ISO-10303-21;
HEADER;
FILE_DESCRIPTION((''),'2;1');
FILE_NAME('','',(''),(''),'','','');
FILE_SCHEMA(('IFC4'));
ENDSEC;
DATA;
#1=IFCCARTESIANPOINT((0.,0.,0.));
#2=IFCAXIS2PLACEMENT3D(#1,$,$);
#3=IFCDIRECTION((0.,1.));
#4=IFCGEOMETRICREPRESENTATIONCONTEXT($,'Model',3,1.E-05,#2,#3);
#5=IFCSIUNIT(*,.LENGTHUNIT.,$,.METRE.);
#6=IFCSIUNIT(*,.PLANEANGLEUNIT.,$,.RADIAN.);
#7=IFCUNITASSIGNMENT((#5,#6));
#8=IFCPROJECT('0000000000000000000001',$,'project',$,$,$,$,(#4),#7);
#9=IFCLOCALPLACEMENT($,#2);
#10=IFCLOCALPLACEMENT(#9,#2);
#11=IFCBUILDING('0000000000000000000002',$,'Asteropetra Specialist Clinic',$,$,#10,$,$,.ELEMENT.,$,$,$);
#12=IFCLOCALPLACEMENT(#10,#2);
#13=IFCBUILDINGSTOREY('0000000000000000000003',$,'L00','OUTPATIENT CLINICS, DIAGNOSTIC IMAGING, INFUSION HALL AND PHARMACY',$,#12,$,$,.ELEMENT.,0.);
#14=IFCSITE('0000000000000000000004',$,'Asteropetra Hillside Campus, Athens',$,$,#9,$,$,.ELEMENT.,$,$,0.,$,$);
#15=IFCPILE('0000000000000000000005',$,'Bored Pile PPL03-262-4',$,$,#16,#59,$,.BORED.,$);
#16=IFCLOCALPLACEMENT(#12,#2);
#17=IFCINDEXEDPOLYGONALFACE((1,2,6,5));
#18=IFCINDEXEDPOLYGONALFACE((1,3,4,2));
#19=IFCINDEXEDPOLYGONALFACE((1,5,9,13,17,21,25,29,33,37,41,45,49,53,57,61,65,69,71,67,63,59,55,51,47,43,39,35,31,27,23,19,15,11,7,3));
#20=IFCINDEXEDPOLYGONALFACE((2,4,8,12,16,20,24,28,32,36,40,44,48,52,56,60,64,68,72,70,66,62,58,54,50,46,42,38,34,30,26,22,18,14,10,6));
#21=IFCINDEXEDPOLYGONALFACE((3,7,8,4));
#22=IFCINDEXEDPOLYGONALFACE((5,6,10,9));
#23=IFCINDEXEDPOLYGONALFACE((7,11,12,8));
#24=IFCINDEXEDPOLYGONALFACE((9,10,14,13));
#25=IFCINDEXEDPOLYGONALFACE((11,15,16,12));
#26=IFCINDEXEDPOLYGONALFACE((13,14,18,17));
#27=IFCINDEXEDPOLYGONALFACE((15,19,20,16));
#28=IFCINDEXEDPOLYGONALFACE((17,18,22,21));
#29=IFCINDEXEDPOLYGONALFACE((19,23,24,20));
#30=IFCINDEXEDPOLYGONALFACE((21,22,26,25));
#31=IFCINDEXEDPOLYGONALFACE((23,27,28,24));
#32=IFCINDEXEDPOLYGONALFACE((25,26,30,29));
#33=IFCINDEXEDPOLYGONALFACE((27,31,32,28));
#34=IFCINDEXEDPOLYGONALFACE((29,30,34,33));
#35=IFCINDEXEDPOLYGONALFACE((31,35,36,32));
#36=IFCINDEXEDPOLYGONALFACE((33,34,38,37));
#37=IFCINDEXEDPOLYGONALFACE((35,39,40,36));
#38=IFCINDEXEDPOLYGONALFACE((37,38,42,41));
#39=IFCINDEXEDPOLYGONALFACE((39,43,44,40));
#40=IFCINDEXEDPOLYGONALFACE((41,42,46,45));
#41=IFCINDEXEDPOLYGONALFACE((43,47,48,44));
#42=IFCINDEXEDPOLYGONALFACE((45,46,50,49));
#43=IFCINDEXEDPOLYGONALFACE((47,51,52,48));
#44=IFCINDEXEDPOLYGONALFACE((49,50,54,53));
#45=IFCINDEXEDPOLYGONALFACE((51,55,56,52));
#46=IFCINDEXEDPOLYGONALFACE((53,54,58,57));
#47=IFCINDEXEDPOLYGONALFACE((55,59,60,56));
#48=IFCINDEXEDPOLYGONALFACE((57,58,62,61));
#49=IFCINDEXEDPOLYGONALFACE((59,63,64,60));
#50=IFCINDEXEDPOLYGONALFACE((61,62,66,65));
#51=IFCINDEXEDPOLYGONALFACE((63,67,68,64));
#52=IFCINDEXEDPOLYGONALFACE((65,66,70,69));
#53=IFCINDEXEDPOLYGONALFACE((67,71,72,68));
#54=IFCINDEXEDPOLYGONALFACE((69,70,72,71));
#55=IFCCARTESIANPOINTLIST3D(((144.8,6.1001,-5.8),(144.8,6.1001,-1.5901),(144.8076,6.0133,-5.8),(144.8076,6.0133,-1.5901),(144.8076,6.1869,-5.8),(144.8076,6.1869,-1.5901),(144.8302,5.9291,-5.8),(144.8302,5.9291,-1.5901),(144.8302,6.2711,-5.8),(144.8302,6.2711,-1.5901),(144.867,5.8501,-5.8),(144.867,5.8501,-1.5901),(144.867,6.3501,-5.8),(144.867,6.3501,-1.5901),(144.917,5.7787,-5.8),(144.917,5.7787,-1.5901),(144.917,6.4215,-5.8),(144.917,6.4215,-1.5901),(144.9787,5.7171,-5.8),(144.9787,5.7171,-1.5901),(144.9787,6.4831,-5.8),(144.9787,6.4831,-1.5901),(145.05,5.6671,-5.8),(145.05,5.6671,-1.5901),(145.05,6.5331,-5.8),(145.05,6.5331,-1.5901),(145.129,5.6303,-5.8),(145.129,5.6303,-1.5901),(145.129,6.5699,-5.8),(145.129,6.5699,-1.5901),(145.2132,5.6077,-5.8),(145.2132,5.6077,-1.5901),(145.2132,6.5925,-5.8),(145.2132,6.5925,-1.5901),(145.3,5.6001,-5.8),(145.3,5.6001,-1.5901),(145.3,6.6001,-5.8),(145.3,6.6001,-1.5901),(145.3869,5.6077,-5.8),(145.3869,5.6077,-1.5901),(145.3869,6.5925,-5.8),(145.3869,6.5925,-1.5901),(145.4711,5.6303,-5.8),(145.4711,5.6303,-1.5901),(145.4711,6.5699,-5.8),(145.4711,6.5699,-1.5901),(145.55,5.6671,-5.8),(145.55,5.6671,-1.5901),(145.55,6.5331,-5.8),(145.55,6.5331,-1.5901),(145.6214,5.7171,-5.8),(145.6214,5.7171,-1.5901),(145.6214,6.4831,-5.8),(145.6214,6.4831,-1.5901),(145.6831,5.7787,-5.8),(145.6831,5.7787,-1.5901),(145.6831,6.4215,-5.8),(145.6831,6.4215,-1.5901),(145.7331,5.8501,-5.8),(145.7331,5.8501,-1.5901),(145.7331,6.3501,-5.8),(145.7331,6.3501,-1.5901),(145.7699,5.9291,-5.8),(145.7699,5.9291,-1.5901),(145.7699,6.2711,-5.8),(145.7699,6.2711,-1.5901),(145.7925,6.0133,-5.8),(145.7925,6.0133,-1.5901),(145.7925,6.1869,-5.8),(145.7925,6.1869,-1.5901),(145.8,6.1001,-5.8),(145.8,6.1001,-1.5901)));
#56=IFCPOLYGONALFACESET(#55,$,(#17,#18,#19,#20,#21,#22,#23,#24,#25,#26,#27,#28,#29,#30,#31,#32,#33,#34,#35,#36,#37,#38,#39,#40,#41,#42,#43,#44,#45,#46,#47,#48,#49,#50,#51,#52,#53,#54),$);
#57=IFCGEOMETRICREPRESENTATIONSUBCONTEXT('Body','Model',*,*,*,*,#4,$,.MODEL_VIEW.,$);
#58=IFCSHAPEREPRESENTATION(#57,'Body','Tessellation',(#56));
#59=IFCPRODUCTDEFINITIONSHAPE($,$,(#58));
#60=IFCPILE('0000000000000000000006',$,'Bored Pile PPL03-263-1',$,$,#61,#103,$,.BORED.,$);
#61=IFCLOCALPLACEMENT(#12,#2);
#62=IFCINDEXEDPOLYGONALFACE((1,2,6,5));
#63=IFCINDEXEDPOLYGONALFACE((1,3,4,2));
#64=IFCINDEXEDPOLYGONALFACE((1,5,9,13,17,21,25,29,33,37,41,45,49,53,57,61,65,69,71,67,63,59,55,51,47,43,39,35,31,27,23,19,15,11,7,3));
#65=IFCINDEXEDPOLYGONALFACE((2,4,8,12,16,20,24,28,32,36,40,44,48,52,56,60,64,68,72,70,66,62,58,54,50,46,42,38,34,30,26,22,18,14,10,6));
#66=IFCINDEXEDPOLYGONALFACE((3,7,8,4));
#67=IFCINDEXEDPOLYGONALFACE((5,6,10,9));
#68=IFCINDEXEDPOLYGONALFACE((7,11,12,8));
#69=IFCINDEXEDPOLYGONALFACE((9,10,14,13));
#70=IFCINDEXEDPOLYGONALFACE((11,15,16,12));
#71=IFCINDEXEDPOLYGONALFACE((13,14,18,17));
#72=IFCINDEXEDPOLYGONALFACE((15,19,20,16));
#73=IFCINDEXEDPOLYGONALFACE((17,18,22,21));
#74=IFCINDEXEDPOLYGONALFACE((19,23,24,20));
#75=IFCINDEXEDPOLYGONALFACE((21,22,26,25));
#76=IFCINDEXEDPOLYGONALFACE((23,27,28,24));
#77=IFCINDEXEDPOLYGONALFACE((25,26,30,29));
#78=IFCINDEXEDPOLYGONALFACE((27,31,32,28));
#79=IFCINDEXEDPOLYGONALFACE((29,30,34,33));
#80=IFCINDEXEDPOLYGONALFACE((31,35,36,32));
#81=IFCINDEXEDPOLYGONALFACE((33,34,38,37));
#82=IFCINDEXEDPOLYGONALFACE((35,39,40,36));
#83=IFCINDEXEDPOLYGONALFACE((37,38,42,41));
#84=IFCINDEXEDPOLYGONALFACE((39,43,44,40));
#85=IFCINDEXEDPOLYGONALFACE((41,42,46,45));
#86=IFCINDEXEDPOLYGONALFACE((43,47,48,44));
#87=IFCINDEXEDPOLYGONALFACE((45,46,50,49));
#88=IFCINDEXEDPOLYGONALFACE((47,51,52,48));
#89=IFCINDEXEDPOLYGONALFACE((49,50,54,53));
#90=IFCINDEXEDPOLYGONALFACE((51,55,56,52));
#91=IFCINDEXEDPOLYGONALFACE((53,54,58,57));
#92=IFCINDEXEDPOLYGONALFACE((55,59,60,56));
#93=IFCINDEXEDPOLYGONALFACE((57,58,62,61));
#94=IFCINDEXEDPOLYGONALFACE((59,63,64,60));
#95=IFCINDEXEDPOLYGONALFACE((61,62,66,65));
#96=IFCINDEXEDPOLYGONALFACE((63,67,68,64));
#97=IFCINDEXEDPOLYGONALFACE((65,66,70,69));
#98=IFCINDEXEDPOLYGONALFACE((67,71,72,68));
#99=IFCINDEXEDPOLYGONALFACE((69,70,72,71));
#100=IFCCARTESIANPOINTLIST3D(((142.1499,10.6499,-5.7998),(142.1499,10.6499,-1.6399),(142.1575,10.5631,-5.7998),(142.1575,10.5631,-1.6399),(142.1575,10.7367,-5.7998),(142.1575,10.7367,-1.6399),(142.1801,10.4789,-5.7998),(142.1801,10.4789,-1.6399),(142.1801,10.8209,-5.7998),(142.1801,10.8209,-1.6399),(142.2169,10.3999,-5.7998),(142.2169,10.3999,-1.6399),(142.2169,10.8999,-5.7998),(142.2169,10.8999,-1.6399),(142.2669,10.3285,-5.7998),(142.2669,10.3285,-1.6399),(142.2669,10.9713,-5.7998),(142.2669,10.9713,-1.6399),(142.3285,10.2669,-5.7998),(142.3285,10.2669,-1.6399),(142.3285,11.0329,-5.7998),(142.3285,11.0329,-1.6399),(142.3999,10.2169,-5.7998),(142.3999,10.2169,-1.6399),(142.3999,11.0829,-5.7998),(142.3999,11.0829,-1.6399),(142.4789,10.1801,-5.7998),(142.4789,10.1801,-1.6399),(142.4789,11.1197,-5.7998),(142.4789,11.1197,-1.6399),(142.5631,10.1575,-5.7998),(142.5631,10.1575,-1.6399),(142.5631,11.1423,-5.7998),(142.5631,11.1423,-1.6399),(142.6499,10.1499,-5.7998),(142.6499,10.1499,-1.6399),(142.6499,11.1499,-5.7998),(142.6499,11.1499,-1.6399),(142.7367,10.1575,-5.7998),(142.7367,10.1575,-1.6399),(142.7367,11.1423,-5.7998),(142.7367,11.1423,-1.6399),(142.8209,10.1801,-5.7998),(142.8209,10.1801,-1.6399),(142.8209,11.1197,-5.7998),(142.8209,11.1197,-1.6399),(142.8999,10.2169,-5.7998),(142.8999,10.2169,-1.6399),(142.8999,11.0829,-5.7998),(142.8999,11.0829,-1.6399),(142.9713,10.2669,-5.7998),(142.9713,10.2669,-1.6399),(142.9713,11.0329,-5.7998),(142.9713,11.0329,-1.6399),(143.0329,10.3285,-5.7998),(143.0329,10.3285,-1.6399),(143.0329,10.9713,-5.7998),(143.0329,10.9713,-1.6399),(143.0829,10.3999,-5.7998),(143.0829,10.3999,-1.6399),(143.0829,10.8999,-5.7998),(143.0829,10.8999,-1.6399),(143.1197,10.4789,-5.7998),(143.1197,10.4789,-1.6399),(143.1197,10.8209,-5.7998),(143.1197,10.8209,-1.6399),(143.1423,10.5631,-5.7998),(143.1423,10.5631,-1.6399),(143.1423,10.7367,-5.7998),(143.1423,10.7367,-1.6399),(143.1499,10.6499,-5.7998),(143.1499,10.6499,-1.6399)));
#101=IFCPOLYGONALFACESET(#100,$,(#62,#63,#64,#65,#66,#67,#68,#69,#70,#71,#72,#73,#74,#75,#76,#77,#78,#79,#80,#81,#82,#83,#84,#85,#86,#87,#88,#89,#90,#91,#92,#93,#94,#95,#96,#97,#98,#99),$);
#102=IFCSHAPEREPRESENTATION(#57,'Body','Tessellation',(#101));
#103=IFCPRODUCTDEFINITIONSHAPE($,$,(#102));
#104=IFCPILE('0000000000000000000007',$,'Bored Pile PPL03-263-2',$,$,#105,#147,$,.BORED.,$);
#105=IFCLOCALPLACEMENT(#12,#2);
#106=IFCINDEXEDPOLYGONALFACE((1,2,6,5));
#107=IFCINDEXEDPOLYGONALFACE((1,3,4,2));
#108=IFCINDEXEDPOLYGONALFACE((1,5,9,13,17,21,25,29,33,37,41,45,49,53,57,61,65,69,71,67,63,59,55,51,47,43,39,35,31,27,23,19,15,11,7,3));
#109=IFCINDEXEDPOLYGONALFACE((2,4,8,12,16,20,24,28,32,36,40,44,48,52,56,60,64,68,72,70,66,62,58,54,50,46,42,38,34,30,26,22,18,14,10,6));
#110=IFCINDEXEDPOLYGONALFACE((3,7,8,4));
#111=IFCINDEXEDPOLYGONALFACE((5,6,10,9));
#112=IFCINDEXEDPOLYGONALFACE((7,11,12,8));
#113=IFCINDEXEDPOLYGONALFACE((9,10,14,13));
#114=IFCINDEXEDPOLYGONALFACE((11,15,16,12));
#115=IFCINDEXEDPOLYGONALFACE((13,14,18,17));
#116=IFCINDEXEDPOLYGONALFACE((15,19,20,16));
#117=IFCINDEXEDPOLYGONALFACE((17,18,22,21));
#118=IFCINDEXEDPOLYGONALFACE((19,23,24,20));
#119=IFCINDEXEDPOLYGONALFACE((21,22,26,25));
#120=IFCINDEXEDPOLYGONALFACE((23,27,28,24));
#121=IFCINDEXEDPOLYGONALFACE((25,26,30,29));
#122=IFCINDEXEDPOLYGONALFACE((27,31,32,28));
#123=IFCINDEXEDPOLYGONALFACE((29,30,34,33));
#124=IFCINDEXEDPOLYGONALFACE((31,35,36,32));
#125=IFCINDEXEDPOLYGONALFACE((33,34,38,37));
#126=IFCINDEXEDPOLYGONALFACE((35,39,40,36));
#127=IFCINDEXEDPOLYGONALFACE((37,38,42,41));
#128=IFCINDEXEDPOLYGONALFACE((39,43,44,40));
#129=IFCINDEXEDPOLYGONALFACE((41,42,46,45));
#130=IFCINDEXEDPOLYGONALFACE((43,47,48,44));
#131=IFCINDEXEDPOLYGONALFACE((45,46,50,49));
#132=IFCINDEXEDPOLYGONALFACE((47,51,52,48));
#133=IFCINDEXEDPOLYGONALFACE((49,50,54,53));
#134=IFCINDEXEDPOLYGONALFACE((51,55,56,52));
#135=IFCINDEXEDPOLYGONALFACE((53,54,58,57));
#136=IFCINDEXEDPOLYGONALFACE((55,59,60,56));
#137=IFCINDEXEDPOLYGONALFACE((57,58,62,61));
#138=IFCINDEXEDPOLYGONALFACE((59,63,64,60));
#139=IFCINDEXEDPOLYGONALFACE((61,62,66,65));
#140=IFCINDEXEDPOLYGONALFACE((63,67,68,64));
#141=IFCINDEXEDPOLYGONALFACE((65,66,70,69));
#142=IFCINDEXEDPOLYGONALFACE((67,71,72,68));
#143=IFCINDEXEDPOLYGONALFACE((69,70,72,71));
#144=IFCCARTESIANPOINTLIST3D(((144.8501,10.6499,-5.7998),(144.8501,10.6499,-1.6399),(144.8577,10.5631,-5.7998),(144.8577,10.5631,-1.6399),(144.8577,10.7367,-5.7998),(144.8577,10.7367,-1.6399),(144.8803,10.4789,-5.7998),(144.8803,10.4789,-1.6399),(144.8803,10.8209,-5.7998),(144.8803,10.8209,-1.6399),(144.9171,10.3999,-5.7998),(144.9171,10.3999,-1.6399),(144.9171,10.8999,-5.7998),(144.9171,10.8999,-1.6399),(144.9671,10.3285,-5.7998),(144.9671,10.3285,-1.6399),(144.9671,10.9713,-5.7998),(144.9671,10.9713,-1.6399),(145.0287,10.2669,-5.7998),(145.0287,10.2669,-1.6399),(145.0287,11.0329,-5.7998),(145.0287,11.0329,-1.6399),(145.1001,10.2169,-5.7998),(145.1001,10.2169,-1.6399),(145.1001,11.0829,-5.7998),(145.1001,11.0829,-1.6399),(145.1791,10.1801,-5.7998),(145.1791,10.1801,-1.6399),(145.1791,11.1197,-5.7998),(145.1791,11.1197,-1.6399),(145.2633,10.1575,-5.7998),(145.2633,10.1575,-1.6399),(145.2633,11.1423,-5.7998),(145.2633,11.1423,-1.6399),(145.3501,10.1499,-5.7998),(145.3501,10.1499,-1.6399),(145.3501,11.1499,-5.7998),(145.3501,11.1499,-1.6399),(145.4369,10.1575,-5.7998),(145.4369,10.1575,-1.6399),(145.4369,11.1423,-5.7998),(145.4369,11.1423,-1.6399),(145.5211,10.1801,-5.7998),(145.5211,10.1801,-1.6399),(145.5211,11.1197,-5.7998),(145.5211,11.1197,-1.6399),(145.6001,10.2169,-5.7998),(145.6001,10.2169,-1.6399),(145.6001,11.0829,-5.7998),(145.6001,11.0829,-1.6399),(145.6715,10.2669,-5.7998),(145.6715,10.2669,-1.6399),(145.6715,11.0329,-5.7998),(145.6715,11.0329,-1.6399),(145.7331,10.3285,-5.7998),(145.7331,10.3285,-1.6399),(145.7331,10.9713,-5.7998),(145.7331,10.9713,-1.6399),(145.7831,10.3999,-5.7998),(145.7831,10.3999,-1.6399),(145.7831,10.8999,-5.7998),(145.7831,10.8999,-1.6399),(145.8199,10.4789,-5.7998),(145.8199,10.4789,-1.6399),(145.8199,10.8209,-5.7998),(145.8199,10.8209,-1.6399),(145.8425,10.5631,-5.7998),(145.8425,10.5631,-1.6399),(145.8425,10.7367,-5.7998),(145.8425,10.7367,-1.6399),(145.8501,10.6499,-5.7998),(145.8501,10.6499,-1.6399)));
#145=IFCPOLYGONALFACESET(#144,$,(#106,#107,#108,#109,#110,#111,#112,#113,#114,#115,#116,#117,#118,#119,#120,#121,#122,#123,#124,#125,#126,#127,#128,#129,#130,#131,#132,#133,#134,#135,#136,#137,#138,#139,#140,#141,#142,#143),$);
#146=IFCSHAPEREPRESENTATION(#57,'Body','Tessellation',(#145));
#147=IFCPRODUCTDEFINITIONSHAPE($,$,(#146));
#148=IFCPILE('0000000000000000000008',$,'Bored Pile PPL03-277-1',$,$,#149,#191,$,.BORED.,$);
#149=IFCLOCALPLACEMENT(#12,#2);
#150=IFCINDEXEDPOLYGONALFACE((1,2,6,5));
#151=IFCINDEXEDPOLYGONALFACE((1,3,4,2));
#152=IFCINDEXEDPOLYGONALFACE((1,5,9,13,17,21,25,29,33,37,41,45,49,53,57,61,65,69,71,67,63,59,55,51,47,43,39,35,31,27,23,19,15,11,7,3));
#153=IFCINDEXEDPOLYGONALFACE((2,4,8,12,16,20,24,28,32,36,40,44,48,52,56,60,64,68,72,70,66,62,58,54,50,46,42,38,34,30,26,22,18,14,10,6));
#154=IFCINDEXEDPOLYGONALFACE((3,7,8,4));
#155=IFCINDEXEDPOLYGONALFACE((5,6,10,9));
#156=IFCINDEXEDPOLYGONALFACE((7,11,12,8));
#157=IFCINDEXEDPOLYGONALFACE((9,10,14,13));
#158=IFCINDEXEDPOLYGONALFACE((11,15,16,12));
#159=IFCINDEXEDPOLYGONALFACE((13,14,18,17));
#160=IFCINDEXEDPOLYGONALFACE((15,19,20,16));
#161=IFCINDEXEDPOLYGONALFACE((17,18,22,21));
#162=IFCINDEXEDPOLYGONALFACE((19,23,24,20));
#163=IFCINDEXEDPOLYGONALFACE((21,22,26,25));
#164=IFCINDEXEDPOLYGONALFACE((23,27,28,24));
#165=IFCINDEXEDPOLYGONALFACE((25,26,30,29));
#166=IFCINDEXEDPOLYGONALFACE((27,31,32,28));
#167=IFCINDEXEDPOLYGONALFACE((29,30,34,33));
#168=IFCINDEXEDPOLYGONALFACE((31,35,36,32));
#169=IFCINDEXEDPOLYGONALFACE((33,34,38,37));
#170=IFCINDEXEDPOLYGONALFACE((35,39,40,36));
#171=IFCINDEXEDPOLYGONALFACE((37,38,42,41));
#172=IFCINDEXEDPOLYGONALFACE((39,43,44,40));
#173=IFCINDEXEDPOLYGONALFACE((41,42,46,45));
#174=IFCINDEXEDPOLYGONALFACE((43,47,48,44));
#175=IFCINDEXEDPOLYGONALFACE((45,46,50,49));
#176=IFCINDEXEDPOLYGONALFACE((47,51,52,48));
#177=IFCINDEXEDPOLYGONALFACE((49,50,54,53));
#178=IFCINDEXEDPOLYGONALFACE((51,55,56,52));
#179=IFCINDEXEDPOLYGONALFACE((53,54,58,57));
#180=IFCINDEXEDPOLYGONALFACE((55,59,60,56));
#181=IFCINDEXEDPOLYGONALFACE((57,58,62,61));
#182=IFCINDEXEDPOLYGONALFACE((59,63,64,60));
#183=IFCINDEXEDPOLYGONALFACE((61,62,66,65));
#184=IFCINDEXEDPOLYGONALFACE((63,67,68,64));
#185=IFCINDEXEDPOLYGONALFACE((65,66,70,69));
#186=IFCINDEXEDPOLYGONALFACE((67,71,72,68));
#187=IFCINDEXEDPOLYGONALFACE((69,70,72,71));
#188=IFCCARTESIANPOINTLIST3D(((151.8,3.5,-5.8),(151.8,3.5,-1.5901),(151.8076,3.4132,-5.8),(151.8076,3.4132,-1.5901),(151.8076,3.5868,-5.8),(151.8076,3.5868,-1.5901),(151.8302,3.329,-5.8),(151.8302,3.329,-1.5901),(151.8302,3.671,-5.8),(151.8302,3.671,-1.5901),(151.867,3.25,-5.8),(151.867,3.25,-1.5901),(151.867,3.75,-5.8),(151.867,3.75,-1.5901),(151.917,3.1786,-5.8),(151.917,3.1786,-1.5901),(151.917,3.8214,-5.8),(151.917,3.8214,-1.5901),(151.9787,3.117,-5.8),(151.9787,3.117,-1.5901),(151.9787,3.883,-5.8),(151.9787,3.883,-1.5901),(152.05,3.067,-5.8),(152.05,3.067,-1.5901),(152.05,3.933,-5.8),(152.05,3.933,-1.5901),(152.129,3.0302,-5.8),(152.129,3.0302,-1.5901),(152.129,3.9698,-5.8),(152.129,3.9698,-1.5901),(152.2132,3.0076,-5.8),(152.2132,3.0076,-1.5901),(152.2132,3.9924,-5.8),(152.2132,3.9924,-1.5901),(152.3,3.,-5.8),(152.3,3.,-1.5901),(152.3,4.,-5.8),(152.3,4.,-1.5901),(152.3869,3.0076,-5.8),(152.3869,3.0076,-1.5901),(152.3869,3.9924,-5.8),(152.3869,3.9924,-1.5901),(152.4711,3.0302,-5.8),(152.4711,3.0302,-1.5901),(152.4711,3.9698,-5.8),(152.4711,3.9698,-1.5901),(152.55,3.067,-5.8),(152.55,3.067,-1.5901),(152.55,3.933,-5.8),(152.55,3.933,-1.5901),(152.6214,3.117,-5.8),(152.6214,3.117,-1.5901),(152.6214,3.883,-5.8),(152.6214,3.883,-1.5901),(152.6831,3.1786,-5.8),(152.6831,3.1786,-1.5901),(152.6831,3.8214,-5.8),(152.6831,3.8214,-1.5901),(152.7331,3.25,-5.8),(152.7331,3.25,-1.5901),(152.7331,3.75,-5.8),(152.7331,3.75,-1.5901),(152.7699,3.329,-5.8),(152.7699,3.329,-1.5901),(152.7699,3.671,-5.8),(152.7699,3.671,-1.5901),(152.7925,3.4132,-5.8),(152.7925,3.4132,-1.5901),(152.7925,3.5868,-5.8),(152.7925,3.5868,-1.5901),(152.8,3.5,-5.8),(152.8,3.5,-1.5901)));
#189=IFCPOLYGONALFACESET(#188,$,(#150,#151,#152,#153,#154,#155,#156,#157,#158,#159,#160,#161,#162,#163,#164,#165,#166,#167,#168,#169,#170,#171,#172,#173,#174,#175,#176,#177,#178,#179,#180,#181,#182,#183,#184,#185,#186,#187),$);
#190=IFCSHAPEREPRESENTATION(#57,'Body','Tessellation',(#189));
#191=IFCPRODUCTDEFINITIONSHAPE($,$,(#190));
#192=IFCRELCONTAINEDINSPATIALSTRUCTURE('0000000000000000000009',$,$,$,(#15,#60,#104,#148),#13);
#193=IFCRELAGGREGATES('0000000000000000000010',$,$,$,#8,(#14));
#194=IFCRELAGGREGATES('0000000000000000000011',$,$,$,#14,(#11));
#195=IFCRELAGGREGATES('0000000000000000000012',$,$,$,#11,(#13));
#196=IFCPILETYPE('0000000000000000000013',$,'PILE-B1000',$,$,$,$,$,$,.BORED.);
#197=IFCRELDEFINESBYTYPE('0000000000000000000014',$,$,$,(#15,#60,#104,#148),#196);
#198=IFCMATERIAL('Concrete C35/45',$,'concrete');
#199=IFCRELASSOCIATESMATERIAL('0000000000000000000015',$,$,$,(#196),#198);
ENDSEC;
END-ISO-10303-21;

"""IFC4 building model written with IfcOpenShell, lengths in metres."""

from ifc_helpers import new_model, si_unit, direction, frame, origin, origin_2d, place, context, subcontext, project, spatial, circle, extrude, material, material_profile, profile_set, type_object, element, save


model = new_model("IFC4")

# Units and contexts
model_context = context("Model", 3, precision=1e-05, world=origin(), true_north=direction((0.0, 1.0)))
body_context = subcontext(model_context, "Body", "Model", "MODEL_VIEW")
ifc_project = project(units=[si_unit("LENGTHUNIT", "METRE"), si_unit("PLANEANGLEUNIT", "RADIAN")], contexts=[model_context])

# Site, building, storey
site_placement = place(None, origin())
site = spatial("IfcSite", under=ifc_project, at=site_placement, Name="Asteropetra Hillside Campus, Athens", CompositionType="ELEMENT", RefElevation=0.0)
building_placement = place(site_placement, origin())
building = spatial("IfcBuilding", under=site, at=building_placement, Name="Asteropetra Specialist Clinic", CompositionType="ELEMENT")
storey_placement = place(building_placement, origin())
storey = spatial("IfcBuildingStorey", under=building, at=storey_placement, Name="L00", Description="OUTPATIENT CLINICS, DIAGNOSTIC IMAGING, INFUSION HALL AND PHARMACY", CompositionType="ELEMENT", Elevation=0.0)

# Piles
ifc_material_1 = material(Name="Concrete C35/45", Category="concrete")
ifc_material_profile_1 = material_profile(ifc_material_1, circle(Radius=0.5, at=origin_2d()), Name="PILE D1000")
ifc_profile_set_1 = profile_set([ifc_material_profile_1], Name="Concrete C35/45")
pile_type_1 = type_object("IfcPileType", Name="PILE-B1000", PredefinedType="BORED", material=ifc_profile_set_1)
for number, where, z_axis, x_axis, name in (
    (1, (145.3, 6.1001, -1.5901), (0.0, 0.0, -1.0), (1.0, 0.0, 0.0), "Bored Pile PPL03-262-4"),
):
    element("IfcPile", number, at=place(storey_placement, frame(where, z_axis=z_axis, x_axis=x_axis)), inside=storey, type_object=pile_type_1, Name=name, PredefinedType="BORED", context=body_context, shape_type="SweptSolid", body=[
        extrude(circle(Radius=0.5, at=origin_2d()), origin(), (0.0, 0.0, 1.0), 4.21),
    ])
for number, where, z_axis, x_axis, name in (
    (2, (142.6499, 10.6499, -1.6399), (0.0, 0.0, -1.0), (1.0, 0.0, 0.0), "Bored Pile PPL03-263-1"),
    (3, (145.3501, 10.6499, -1.6399), (0.0, 0.0, -1.0), (1.0, 0.0, 0.0), "Bored Pile PPL03-263-2"),
):
    element("IfcPile", number, at=place(storey_placement, frame(where, z_axis=z_axis, x_axis=x_axis)), inside=storey, type_object=pile_type_1, Name=name, PredefinedType="BORED", context=body_context, shape_type="SweptSolid", body=[
        extrude(circle(Radius=0.5, at=origin_2d()), origin(), (0.0, 0.0, 1.0), 4.1599),
    ])
for number, where, z_axis, x_axis, name in (
    (4, (152.3, 3.5, -1.5901), (0.0, 0.0, -1.0), (1.0, 0.0, 0.0), "Bored Pile PPL03-277-1"),
):
    element("IfcPile", number, at=place(storey_placement, frame(where, z_axis=z_axis, x_axis=x_axis)), inside=storey, type_object=pile_type_1, Name=name, PredefinedType="BORED", context=body_context, shape_type="SweptSolid", body=[
        extrude(circle(Radius=0.5, at=origin_2d()), origin(), (0.0, 0.0, 1.0), 4.21),
    ])

save(model, "model.ifc")
